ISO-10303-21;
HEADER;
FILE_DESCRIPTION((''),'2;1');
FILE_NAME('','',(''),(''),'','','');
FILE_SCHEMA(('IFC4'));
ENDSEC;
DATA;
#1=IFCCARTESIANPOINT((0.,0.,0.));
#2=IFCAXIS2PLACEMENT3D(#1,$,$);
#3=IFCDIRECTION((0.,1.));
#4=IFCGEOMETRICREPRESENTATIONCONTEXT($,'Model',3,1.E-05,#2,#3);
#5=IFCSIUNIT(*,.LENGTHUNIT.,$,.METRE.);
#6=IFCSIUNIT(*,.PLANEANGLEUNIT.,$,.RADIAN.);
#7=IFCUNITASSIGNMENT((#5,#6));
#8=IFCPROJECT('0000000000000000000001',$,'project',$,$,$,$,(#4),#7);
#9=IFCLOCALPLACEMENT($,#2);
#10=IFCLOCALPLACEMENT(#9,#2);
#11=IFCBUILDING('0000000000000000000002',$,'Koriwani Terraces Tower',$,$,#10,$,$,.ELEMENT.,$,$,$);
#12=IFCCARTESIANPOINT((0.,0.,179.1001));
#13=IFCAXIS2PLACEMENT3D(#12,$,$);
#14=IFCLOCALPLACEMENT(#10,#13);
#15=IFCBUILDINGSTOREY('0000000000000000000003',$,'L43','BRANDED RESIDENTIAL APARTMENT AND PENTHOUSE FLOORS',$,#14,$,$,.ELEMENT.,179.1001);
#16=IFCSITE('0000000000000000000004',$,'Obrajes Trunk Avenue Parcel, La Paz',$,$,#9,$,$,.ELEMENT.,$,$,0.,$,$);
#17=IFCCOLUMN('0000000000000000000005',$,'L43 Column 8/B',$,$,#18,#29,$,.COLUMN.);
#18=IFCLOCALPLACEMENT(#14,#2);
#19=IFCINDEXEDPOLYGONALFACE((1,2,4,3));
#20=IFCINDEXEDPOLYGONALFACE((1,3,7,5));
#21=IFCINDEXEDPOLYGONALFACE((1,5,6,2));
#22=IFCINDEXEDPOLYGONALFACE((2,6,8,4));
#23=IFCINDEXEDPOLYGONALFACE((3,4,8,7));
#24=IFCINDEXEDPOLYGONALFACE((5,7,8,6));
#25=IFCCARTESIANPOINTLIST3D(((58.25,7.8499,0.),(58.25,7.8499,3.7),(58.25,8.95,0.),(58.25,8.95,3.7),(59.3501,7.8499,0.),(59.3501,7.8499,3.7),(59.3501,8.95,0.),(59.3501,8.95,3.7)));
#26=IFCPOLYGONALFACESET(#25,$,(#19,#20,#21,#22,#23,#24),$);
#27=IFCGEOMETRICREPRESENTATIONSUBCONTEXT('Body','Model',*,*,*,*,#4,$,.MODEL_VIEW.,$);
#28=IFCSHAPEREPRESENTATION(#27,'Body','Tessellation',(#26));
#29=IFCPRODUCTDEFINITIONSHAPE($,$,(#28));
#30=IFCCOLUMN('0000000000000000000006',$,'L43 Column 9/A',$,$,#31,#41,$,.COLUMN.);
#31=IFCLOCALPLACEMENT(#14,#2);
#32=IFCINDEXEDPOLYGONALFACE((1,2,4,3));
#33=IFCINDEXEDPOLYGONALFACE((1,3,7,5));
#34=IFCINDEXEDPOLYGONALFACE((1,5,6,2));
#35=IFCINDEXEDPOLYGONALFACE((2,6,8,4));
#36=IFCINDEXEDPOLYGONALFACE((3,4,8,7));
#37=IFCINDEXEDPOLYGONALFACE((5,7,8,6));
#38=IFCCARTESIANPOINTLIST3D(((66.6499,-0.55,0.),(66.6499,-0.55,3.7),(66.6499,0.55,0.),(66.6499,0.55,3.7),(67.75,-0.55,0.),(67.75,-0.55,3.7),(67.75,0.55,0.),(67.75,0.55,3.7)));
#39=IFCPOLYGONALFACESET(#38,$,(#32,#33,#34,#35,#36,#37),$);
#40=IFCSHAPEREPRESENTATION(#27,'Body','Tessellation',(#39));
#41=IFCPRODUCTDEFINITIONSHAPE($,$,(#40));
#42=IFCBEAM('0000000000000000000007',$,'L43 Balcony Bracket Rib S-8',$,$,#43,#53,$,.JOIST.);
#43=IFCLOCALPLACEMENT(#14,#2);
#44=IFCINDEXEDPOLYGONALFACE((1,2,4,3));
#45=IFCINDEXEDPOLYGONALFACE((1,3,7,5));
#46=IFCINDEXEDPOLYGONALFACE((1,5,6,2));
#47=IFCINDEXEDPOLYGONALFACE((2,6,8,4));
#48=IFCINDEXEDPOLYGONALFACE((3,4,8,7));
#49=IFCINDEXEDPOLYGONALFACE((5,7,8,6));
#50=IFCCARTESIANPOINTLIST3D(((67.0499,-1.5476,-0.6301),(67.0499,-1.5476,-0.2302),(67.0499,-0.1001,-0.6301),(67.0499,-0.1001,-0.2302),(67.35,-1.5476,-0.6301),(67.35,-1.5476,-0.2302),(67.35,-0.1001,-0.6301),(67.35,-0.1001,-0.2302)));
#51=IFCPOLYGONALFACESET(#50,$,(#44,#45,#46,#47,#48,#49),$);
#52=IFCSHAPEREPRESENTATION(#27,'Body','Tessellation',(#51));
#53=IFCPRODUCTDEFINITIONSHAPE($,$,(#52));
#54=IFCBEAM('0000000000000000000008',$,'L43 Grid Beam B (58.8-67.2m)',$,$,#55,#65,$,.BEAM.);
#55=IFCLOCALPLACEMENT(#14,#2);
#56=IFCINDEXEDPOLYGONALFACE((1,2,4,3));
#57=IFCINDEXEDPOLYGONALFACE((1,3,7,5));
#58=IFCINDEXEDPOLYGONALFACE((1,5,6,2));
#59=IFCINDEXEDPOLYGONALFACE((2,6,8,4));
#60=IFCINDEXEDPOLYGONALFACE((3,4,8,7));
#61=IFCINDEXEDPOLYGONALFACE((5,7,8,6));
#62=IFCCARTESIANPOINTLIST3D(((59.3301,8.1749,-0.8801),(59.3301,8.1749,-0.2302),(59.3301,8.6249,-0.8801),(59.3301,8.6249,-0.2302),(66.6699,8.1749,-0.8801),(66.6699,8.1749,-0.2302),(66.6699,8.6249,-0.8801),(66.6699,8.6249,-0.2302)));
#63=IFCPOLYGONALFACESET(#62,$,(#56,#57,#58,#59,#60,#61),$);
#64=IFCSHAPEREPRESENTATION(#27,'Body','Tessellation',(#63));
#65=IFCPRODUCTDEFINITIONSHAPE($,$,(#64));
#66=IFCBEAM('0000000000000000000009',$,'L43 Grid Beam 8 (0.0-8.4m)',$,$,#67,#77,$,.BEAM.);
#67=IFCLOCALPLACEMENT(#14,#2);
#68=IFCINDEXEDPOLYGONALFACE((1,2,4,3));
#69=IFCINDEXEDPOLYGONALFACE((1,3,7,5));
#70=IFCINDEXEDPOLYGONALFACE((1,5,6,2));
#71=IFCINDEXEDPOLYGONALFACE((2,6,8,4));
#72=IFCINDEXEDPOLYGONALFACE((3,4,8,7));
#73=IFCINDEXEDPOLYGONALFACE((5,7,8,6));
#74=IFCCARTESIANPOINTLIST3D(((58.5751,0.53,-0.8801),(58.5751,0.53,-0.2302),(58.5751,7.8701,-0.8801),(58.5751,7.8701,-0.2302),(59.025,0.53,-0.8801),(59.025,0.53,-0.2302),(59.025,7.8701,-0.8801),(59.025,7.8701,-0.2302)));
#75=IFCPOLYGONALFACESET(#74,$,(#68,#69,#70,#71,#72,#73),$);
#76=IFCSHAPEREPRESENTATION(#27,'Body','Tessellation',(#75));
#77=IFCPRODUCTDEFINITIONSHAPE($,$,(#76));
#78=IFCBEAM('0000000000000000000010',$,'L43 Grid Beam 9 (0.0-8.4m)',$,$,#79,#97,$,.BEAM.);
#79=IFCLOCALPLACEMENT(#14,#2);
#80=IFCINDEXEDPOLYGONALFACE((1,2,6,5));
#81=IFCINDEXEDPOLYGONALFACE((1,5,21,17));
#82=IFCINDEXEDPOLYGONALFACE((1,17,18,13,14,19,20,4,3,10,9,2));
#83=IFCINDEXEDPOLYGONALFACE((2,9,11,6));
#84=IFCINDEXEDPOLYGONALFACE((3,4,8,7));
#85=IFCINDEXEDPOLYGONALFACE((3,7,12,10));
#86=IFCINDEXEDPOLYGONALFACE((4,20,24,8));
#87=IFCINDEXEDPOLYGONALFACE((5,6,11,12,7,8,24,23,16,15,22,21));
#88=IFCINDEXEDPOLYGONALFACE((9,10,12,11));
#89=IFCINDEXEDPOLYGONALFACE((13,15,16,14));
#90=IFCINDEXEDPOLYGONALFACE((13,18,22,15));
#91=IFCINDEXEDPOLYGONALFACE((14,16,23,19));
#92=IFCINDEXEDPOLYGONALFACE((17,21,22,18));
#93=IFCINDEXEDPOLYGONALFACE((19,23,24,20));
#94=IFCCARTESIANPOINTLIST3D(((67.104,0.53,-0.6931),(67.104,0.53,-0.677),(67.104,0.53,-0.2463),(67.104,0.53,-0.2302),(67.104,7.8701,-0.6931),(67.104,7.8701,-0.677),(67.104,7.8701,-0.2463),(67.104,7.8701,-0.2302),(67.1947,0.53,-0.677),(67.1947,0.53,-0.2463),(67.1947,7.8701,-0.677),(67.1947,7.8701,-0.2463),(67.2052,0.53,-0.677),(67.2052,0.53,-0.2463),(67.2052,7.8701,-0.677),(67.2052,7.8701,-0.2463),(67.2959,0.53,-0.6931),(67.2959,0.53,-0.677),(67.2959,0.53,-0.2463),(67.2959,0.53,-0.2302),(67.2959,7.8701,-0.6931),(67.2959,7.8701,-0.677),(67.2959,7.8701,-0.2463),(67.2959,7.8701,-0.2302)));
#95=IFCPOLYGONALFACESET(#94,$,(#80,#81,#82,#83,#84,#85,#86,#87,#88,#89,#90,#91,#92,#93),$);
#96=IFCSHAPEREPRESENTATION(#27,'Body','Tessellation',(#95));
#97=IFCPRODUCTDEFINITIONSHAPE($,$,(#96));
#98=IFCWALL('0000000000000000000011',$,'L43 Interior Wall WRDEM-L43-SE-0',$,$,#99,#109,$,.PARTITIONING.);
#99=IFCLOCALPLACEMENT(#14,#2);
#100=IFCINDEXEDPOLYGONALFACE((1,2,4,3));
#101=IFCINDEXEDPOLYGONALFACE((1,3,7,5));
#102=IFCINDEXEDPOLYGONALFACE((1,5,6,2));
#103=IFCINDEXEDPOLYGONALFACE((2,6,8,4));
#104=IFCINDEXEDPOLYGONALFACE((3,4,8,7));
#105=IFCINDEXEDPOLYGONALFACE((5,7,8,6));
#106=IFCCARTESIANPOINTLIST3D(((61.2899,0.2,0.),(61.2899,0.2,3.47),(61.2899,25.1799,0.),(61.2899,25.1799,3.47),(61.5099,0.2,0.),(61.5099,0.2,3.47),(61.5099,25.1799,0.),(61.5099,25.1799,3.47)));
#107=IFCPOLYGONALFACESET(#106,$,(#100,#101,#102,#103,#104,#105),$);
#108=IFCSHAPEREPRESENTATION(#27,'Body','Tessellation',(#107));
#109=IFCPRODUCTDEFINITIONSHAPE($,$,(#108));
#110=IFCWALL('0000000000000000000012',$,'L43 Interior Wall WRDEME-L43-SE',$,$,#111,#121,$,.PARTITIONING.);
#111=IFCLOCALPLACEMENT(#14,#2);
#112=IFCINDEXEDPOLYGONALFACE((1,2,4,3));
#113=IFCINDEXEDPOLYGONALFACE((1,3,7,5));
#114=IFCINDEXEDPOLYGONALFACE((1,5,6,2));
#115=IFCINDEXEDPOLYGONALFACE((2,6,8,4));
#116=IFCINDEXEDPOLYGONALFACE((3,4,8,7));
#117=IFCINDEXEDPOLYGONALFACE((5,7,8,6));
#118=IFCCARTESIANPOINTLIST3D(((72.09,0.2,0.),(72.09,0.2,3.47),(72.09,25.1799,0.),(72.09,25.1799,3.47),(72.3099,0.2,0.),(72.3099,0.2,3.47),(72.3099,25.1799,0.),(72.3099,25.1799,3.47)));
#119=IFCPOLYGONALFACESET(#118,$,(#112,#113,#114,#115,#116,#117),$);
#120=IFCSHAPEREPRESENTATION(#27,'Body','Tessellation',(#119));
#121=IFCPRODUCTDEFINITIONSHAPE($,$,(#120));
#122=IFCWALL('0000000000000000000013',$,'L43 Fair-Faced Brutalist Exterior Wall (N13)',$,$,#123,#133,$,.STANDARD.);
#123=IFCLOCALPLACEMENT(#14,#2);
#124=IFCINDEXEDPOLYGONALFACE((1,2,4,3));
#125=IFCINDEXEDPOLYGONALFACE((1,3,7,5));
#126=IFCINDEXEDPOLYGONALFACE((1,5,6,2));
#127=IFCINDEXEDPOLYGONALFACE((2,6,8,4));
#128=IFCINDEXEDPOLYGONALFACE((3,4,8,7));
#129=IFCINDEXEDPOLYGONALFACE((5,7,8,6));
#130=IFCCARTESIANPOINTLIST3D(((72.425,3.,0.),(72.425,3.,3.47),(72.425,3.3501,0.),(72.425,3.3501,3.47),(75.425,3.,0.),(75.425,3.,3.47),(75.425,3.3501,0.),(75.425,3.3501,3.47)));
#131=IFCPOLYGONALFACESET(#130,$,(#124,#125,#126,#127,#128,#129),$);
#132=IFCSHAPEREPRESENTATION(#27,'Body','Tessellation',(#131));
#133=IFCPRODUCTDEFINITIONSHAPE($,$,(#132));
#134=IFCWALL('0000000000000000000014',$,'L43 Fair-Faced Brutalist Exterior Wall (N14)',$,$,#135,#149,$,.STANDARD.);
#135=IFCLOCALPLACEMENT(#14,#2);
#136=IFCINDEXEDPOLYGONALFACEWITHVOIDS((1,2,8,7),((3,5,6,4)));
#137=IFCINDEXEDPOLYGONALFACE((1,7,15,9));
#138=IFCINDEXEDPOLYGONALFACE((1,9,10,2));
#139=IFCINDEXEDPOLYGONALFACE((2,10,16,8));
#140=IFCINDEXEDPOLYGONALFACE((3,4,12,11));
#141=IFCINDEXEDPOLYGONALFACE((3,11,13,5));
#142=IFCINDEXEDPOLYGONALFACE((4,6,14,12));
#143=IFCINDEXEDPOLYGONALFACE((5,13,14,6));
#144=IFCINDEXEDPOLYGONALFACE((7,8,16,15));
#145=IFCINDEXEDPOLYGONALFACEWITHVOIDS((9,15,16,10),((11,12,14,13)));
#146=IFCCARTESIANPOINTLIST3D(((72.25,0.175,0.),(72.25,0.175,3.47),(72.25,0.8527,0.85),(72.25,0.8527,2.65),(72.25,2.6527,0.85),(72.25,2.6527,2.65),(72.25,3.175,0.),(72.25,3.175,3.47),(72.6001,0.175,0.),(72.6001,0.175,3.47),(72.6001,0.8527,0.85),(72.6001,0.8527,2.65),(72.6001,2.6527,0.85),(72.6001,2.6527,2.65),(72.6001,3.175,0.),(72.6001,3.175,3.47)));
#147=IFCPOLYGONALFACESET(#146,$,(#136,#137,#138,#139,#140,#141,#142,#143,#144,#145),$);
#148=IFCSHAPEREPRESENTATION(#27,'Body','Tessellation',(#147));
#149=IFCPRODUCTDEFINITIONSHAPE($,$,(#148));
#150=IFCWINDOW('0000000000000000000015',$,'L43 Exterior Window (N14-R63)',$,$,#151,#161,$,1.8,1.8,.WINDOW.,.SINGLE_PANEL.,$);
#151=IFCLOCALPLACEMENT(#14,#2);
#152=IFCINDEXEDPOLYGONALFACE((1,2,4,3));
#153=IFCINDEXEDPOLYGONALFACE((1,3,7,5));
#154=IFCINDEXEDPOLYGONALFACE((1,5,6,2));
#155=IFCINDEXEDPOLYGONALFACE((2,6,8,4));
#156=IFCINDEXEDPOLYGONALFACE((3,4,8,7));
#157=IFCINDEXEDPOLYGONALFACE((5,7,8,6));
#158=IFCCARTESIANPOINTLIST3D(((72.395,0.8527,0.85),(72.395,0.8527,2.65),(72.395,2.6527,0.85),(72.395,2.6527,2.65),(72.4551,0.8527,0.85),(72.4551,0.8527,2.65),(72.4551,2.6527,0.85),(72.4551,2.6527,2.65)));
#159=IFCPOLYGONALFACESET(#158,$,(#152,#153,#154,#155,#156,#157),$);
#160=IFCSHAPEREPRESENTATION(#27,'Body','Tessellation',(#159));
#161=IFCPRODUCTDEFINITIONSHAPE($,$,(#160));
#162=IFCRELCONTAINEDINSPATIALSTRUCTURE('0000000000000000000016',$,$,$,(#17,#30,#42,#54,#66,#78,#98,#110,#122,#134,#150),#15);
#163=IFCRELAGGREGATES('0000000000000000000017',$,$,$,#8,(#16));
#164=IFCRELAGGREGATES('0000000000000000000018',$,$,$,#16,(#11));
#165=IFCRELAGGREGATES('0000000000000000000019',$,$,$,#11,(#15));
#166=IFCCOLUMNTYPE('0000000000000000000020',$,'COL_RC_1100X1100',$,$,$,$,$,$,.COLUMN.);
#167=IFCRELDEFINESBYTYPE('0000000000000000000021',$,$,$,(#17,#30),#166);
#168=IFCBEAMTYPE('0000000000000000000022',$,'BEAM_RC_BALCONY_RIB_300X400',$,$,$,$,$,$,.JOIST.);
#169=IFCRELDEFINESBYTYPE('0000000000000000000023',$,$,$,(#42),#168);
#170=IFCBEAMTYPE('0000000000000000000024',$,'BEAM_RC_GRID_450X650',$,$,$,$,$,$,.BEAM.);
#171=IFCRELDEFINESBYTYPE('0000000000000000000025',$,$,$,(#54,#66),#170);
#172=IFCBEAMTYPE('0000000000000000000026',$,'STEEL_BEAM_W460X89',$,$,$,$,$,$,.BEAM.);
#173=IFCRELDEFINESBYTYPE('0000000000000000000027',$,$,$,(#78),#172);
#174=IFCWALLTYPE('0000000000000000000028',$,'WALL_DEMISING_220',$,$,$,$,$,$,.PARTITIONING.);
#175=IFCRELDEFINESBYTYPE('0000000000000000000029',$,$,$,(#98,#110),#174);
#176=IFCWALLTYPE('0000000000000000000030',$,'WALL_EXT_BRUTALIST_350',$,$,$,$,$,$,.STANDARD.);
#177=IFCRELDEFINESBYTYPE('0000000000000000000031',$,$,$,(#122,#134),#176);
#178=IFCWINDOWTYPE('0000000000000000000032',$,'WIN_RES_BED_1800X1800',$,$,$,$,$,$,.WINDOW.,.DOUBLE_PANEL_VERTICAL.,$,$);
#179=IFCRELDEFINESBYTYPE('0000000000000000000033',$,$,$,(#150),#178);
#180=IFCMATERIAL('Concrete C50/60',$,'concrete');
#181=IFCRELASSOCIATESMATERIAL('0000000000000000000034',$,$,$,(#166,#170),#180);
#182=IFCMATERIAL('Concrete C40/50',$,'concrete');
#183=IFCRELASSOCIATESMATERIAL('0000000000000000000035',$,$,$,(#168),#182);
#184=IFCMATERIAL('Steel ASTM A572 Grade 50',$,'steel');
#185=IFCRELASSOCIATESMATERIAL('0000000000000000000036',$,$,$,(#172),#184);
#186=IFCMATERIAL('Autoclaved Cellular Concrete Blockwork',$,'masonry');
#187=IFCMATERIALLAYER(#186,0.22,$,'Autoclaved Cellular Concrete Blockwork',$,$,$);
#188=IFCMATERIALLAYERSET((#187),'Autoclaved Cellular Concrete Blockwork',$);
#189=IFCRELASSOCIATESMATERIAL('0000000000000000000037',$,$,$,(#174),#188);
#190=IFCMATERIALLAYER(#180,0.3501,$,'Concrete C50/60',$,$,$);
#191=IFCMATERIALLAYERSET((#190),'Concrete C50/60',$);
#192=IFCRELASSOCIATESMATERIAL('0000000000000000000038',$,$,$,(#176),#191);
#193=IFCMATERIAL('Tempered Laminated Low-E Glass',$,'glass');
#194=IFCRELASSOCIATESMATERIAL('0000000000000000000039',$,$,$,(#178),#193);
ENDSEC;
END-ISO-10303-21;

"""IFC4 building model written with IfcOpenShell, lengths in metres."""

from ifc_helpers import new_model, si_unit, direction, frame, frame_2d, origin, origin_2d, place, context, subcontext, project, spatial, rectangle, i_section, extrude, material, layer, layer_set, material_profile, profile_set, type_object, element, fill, save


model = new_model("IFC4")

# Units and contexts
model_context = context("Model", 3, precision=1e-05, world=origin(), true_north=direction((0.0, 1.0)))
body_context = subcontext(model_context, "Body", "Model", "MODEL_VIEW")
ifc_project = project(units=[si_unit("LENGTHUNIT", "METRE"), si_unit("PLANEANGLEUNIT", "RADIAN")], contexts=[model_context])

# Site, building, storey
site_placement = place(None, origin())
site = spatial("IfcSite", under=ifc_project, at=site_placement, Name="Obrajes Trunk Avenue Parcel, La Paz", CompositionType="ELEMENT", RefElevation=0.0)
building_placement = place(site_placement, origin())
building = spatial("IfcBuilding", under=site, at=building_placement, Name="Koriwani Terraces Tower", CompositionType="ELEMENT")
storey_placement = place(building_placement, frame((0.0, 0.0, 179.1001)))
storey = spatial("IfcBuildingStorey", under=building, at=storey_placement, Name="L43", Description="BRANDED RESIDENTIAL APARTMENT AND PENTHOUSE FLOORS", CompositionType="ELEMENT", Elevation=179.1001)

# Columns
ifc_material_1 = material(Name="Concrete C50/60", Category="concrete")
ifc_material_profile_1 = material_profile(ifc_material_1, rectangle(XDim=1.1001, YDim=1.1001, at=origin_2d()), Name="Concrete C50/60", Category="LoadBearing")
ifc_profile_set_1 = profile_set([ifc_material_profile_1], Name="Concrete C50/60")
column_type = type_object("IfcColumnType", Name="COL_RC_1100X1100", PredefinedType="COLUMN", material=ifc_profile_set_1)
for number, where, z_axis, x_axis, name in (
    (1, (58.8, 8.3999, 0.0), (0.0, 0.0, 1.0), (1.0, 0.0, 0.0), "L43 Column 8/B"),
    (2, (67.2, 0.0, 0.0), (0.0, 0.0, 1.0), (1.0, 0.0, 0.0), "L43 Column 9/A"),
):
    element("IfcColumn", number, at=place(storey_placement, frame(where, z_axis=z_axis, x_axis=x_axis)), inside=storey, type_object=column_type, Name=name, PredefinedType="COLUMN", context=body_context, shape_type="SweptSolid", body=[
        extrude(rectangle(XDim=1.1001, YDim=1.1001, at=origin_2d()), origin(), (0.0, 0.0, 1.0), 3.7),
    ])

# Beams
ifc_material_2 = material(Name="Concrete C40/50", Category="concrete")
ifc_material_profile_2 = material_profile(ifc_material_2, rectangle(XDim=0.3, YDim=0.3999, at=origin_2d()), Name="Concrete C40/50", Category="LoadBearing")
ifc_profile_set_2 = profile_set([ifc_material_profile_2], Name="Concrete C40/50")
beam_type_1 = type_object("IfcBeamType", Name="BEAM_RC_BALCONY_RIB_300X400", PredefinedType="JOIST", material=ifc_profile_set_2)
beam_1_placement = place(storey_placement, frame((67.2, -1.5476, -0.4302), z_axis=(0.0, 1.0, 0.0), x_axis=(-1.0, 0.0, 0.0)))
element("IfcBeam", 3, at=beam_1_placement, inside=storey, type_object=beam_type_1, Name="L43 Balcony Bracket Rib S-8", PredefinedType="JOIST", context=body_context, shape_type="SweptSolid", body=[
    extrude(rectangle(XDim=0.3, YDim=0.3999, at=origin_2d()), origin(), (0.0, 0.0, 1.0), 1.4475),
])
ifc_material_profile_3 = material_profile(ifc_material_1, rectangle(XDim=0.45, YDim=0.6499, at=origin_2d()), Name="Concrete C50/60", Category="LoadBearing")
ifc_profile_set_3 = profile_set([ifc_material_profile_3], Name="Concrete C50/60")
beam_type_2 = type_object("IfcBeamType", Name="BEAM_RC_GRID_450X650", PredefinedType="BEAM", material=ifc_profile_set_3)
beam_2_placement = place(storey_placement, frame((59.3301, 8.3999, -0.5552), z_axis=(1.0, 0.0, 0.0), x_axis=(0.0, 1.0, 0.0)))
element("IfcBeam", 4, at=beam_2_placement, inside=storey, type_object=beam_type_2, Name="L43 Grid Beam B (58.8-67.2m)", PredefinedType="BEAM", context=body_context, shape_type="SweptSolid", body=[
    extrude(rectangle(XDim=0.45, YDim=0.6499, at=origin_2d()), origin(), (0.0, 0.0, 1.0), 7.3398),
])
beam_3_placement = place(storey_placement, frame((58.8, 0.53, -0.5552), z_axis=(0.0, 1.0, 0.0), x_axis=(-1.0, 0.0, 0.0)))
element("IfcBeam", 5, at=beam_3_placement, inside=storey, type_object=beam_type_2, Name="L43 Grid Beam 8 (0.0-8.4m)", PredefinedType="BEAM", context=body_context, shape_type="SweptSolid", body=[
    extrude(rectangle(XDim=0.45, YDim=0.6499, at=origin_2d()), origin(), (0.0, 0.0, 1.0), 7.3401),
])
ifc_material_3 = material(Name="Steel ASTM A572 Grade 50", Category="steel")
ifc_material_profile_4 = material_profile(ifc_material_3, i_section(OverallWidth=0.1919, OverallDepth=0.4629, WebThickness=0.0105, FlangeThickness=0.0161, at=origin_2d()), Name="Steel ASTM A572 Grade 50", Category="LoadBearing")
ifc_profile_set_4 = profile_set([ifc_material_profile_4], Name="Steel ASTM A572 Grade 50")
beam_type_3 = type_object("IfcBeamType", Name="STEEL_BEAM_W460X89", PredefinedType="BEAM", material=ifc_profile_set_4)
beam_4_placement = place(storey_placement, frame((67.2, 0.53, -0.4617), z_axis=(0.0, 1.0, 0.0), x_axis=(-1.0, 0.0, 0.0)))
element("IfcBeam", 6, at=beam_4_placement, inside=storey, type_object=beam_type_3, Name="L43 Grid Beam 9 (0.0-8.4m)", PredefinedType="BEAM", context=body_context, shape_type="SweptSolid", body=[
    extrude(i_section(OverallWidth=0.1919, OverallDepth=0.4629, WebThickness=0.0105, FlangeThickness=0.0161, at=origin_2d()), origin(), (0.0, 0.0, 1.0), 7.3401),
])

# Walls
ifc_material_4 = material(Name="Autoclaved Cellular Concrete Blockwork", Category="masonry")
ifc_layer_1 = layer(ifc_material_4, 0.22, Name="Autoclaved Cellular Concrete Blockwork")
ifc_layer_set_1 = layer_set([ifc_layer_1], Name="Autoclaved Cellular Concrete Blockwork")
wall_type_1 = type_object("IfcWallType", Name="WALL_DEMISING_220", PredefinedType="PARTITIONING", material=ifc_layer_set_1)
for number, where, z_axis, x_axis, name in (
    (7, (61.3999, 0.2, 0.0), (0.0, 0.0, 1.0), (0.0, 1.0, 0.0), "L43 Interior Wall WRDEM-L43-SE-0"),
    (8, (72.2, 0.2, 0.0), (0.0, 0.0, 1.0), (0.0, 1.0, 0.0), "L43 Interior Wall WRDEME-L43-SE"),
):
    element("IfcWall", number, at=place(storey_placement, frame(where, z_axis=z_axis, x_axis=x_axis)), inside=storey, type_object=wall_type_1, Name=name, PredefinedType="PARTITIONING", context=body_context, shape_type="SweptSolid", body=[
        extrude(rectangle(XDim=24.98, YDim=0.22, at=frame_2d((12.49, 0.0))), origin(), (0.0, 0.0, 1.0), 3.47),
    ])
ifc_layer_2 = layer(ifc_material_1, 0.3501, Name="Concrete C50/60")
ifc_layer_set_2 = layer_set([ifc_layer_2], Name="Concrete C50/60")
wall_type_2 = type_object("IfcWallType", Name="WALL_EXT_BRUTALIST_350", PredefinedType="STANDARD", material=ifc_layer_set_2)
wall_1_placement = place(storey_placement, frame((75.425, 3.175, 0.0), z_axis=(0.0, 0.0, 1.0), x_axis=(-1.0, 0.0, 0.0)))
element("IfcWall", 9, at=wall_1_placement, inside=storey, type_object=wall_type_2, Name="L43 Fair-Faced Brutalist Exterior Wall (N13)", PredefinedType="STANDARD", context=body_context, shape_type="SweptSolid", body=[
    extrude(rectangle(XDim=3.0, YDim=0.3501, at=frame_2d((1.5, 0.0))), origin(), (0.0, 0.0, 1.0), 3.47),
])

# Wall, opening, window
wall_2_placement = place(storey_placement, frame((72.425, 3.175, 0.0), z_axis=(0.0, 0.0, 1.0), x_axis=(0.0, -1.0, 0.0)))
wall_2 = element("IfcWall", 10, at=wall_2_placement, inside=storey, type_object=wall_type_2, Name="L43 Fair-Faced Brutalist Exterior Wall (N14)", PredefinedType="STANDARD", context=body_context, shape_type="SweptSolid", body=[
    extrude(rectangle(XDim=3.0, YDim=0.3501, at=frame_2d((1.5, 0.0))), origin(), (0.0, 0.0, 1.0), 3.47),
])
opening_1_placement = place(wall_2_placement, frame((0.5225, 0.0, 0.8501)))
opening_1 = element("IfcOpeningElement", 11, at=opening_1_placement, cuts=wall_2, PredefinedType="OPENING", context=body_context, shape_type="SweptSolid", body=[
    extrude(rectangle(XDim=1.8, YDim=1.8, at=frame_2d((0.8999, 0.8999))), frame((0.0, 0.1851, 0.0), z_axis=(0.0, -1.0, 0.0), x_axis=(1.0, 0.0, 0.0)), (0.0, 0.0, 1.0), 0.3701),
])
ifc_material_5 = material(Name="Tempered Laminated Low-E Glass", Category="glass")
window_type_1 = type_object("IfcWindowType", Name="WIN_RES_BED_1800X1800", PartitioningType="DOUBLE_PANEL_VERTICAL", PredefinedType="WINDOW", material=ifc_material_5)
window_1_placement = place(opening_1_placement, origin())
window_1 = element("IfcWindow", 12, at=window_1_placement, inside=storey, type_object=window_type_1, Name="L43 Exterior Window (N14-R63)", OverallHeight=1.8, OverallWidth=1.8, PartitioningType="SINGLE_PANEL", PredefinedType="WINDOW", context=body_context, shape_type="SweptSolid", body=[
    extrude(rectangle(XDim=1.8, YDim=1.8, at=frame_2d((0.8999, 0.8999))), frame((0.0, 0.03, 0.0), z_axis=(0.0, -1.0, 0.0), x_axis=(1.0, 0.0, 0.0)), (0.0, 0.0, 1.0), 0.0601),
])
fill(opening_1, window_1)

save(model, "model.ifc")
